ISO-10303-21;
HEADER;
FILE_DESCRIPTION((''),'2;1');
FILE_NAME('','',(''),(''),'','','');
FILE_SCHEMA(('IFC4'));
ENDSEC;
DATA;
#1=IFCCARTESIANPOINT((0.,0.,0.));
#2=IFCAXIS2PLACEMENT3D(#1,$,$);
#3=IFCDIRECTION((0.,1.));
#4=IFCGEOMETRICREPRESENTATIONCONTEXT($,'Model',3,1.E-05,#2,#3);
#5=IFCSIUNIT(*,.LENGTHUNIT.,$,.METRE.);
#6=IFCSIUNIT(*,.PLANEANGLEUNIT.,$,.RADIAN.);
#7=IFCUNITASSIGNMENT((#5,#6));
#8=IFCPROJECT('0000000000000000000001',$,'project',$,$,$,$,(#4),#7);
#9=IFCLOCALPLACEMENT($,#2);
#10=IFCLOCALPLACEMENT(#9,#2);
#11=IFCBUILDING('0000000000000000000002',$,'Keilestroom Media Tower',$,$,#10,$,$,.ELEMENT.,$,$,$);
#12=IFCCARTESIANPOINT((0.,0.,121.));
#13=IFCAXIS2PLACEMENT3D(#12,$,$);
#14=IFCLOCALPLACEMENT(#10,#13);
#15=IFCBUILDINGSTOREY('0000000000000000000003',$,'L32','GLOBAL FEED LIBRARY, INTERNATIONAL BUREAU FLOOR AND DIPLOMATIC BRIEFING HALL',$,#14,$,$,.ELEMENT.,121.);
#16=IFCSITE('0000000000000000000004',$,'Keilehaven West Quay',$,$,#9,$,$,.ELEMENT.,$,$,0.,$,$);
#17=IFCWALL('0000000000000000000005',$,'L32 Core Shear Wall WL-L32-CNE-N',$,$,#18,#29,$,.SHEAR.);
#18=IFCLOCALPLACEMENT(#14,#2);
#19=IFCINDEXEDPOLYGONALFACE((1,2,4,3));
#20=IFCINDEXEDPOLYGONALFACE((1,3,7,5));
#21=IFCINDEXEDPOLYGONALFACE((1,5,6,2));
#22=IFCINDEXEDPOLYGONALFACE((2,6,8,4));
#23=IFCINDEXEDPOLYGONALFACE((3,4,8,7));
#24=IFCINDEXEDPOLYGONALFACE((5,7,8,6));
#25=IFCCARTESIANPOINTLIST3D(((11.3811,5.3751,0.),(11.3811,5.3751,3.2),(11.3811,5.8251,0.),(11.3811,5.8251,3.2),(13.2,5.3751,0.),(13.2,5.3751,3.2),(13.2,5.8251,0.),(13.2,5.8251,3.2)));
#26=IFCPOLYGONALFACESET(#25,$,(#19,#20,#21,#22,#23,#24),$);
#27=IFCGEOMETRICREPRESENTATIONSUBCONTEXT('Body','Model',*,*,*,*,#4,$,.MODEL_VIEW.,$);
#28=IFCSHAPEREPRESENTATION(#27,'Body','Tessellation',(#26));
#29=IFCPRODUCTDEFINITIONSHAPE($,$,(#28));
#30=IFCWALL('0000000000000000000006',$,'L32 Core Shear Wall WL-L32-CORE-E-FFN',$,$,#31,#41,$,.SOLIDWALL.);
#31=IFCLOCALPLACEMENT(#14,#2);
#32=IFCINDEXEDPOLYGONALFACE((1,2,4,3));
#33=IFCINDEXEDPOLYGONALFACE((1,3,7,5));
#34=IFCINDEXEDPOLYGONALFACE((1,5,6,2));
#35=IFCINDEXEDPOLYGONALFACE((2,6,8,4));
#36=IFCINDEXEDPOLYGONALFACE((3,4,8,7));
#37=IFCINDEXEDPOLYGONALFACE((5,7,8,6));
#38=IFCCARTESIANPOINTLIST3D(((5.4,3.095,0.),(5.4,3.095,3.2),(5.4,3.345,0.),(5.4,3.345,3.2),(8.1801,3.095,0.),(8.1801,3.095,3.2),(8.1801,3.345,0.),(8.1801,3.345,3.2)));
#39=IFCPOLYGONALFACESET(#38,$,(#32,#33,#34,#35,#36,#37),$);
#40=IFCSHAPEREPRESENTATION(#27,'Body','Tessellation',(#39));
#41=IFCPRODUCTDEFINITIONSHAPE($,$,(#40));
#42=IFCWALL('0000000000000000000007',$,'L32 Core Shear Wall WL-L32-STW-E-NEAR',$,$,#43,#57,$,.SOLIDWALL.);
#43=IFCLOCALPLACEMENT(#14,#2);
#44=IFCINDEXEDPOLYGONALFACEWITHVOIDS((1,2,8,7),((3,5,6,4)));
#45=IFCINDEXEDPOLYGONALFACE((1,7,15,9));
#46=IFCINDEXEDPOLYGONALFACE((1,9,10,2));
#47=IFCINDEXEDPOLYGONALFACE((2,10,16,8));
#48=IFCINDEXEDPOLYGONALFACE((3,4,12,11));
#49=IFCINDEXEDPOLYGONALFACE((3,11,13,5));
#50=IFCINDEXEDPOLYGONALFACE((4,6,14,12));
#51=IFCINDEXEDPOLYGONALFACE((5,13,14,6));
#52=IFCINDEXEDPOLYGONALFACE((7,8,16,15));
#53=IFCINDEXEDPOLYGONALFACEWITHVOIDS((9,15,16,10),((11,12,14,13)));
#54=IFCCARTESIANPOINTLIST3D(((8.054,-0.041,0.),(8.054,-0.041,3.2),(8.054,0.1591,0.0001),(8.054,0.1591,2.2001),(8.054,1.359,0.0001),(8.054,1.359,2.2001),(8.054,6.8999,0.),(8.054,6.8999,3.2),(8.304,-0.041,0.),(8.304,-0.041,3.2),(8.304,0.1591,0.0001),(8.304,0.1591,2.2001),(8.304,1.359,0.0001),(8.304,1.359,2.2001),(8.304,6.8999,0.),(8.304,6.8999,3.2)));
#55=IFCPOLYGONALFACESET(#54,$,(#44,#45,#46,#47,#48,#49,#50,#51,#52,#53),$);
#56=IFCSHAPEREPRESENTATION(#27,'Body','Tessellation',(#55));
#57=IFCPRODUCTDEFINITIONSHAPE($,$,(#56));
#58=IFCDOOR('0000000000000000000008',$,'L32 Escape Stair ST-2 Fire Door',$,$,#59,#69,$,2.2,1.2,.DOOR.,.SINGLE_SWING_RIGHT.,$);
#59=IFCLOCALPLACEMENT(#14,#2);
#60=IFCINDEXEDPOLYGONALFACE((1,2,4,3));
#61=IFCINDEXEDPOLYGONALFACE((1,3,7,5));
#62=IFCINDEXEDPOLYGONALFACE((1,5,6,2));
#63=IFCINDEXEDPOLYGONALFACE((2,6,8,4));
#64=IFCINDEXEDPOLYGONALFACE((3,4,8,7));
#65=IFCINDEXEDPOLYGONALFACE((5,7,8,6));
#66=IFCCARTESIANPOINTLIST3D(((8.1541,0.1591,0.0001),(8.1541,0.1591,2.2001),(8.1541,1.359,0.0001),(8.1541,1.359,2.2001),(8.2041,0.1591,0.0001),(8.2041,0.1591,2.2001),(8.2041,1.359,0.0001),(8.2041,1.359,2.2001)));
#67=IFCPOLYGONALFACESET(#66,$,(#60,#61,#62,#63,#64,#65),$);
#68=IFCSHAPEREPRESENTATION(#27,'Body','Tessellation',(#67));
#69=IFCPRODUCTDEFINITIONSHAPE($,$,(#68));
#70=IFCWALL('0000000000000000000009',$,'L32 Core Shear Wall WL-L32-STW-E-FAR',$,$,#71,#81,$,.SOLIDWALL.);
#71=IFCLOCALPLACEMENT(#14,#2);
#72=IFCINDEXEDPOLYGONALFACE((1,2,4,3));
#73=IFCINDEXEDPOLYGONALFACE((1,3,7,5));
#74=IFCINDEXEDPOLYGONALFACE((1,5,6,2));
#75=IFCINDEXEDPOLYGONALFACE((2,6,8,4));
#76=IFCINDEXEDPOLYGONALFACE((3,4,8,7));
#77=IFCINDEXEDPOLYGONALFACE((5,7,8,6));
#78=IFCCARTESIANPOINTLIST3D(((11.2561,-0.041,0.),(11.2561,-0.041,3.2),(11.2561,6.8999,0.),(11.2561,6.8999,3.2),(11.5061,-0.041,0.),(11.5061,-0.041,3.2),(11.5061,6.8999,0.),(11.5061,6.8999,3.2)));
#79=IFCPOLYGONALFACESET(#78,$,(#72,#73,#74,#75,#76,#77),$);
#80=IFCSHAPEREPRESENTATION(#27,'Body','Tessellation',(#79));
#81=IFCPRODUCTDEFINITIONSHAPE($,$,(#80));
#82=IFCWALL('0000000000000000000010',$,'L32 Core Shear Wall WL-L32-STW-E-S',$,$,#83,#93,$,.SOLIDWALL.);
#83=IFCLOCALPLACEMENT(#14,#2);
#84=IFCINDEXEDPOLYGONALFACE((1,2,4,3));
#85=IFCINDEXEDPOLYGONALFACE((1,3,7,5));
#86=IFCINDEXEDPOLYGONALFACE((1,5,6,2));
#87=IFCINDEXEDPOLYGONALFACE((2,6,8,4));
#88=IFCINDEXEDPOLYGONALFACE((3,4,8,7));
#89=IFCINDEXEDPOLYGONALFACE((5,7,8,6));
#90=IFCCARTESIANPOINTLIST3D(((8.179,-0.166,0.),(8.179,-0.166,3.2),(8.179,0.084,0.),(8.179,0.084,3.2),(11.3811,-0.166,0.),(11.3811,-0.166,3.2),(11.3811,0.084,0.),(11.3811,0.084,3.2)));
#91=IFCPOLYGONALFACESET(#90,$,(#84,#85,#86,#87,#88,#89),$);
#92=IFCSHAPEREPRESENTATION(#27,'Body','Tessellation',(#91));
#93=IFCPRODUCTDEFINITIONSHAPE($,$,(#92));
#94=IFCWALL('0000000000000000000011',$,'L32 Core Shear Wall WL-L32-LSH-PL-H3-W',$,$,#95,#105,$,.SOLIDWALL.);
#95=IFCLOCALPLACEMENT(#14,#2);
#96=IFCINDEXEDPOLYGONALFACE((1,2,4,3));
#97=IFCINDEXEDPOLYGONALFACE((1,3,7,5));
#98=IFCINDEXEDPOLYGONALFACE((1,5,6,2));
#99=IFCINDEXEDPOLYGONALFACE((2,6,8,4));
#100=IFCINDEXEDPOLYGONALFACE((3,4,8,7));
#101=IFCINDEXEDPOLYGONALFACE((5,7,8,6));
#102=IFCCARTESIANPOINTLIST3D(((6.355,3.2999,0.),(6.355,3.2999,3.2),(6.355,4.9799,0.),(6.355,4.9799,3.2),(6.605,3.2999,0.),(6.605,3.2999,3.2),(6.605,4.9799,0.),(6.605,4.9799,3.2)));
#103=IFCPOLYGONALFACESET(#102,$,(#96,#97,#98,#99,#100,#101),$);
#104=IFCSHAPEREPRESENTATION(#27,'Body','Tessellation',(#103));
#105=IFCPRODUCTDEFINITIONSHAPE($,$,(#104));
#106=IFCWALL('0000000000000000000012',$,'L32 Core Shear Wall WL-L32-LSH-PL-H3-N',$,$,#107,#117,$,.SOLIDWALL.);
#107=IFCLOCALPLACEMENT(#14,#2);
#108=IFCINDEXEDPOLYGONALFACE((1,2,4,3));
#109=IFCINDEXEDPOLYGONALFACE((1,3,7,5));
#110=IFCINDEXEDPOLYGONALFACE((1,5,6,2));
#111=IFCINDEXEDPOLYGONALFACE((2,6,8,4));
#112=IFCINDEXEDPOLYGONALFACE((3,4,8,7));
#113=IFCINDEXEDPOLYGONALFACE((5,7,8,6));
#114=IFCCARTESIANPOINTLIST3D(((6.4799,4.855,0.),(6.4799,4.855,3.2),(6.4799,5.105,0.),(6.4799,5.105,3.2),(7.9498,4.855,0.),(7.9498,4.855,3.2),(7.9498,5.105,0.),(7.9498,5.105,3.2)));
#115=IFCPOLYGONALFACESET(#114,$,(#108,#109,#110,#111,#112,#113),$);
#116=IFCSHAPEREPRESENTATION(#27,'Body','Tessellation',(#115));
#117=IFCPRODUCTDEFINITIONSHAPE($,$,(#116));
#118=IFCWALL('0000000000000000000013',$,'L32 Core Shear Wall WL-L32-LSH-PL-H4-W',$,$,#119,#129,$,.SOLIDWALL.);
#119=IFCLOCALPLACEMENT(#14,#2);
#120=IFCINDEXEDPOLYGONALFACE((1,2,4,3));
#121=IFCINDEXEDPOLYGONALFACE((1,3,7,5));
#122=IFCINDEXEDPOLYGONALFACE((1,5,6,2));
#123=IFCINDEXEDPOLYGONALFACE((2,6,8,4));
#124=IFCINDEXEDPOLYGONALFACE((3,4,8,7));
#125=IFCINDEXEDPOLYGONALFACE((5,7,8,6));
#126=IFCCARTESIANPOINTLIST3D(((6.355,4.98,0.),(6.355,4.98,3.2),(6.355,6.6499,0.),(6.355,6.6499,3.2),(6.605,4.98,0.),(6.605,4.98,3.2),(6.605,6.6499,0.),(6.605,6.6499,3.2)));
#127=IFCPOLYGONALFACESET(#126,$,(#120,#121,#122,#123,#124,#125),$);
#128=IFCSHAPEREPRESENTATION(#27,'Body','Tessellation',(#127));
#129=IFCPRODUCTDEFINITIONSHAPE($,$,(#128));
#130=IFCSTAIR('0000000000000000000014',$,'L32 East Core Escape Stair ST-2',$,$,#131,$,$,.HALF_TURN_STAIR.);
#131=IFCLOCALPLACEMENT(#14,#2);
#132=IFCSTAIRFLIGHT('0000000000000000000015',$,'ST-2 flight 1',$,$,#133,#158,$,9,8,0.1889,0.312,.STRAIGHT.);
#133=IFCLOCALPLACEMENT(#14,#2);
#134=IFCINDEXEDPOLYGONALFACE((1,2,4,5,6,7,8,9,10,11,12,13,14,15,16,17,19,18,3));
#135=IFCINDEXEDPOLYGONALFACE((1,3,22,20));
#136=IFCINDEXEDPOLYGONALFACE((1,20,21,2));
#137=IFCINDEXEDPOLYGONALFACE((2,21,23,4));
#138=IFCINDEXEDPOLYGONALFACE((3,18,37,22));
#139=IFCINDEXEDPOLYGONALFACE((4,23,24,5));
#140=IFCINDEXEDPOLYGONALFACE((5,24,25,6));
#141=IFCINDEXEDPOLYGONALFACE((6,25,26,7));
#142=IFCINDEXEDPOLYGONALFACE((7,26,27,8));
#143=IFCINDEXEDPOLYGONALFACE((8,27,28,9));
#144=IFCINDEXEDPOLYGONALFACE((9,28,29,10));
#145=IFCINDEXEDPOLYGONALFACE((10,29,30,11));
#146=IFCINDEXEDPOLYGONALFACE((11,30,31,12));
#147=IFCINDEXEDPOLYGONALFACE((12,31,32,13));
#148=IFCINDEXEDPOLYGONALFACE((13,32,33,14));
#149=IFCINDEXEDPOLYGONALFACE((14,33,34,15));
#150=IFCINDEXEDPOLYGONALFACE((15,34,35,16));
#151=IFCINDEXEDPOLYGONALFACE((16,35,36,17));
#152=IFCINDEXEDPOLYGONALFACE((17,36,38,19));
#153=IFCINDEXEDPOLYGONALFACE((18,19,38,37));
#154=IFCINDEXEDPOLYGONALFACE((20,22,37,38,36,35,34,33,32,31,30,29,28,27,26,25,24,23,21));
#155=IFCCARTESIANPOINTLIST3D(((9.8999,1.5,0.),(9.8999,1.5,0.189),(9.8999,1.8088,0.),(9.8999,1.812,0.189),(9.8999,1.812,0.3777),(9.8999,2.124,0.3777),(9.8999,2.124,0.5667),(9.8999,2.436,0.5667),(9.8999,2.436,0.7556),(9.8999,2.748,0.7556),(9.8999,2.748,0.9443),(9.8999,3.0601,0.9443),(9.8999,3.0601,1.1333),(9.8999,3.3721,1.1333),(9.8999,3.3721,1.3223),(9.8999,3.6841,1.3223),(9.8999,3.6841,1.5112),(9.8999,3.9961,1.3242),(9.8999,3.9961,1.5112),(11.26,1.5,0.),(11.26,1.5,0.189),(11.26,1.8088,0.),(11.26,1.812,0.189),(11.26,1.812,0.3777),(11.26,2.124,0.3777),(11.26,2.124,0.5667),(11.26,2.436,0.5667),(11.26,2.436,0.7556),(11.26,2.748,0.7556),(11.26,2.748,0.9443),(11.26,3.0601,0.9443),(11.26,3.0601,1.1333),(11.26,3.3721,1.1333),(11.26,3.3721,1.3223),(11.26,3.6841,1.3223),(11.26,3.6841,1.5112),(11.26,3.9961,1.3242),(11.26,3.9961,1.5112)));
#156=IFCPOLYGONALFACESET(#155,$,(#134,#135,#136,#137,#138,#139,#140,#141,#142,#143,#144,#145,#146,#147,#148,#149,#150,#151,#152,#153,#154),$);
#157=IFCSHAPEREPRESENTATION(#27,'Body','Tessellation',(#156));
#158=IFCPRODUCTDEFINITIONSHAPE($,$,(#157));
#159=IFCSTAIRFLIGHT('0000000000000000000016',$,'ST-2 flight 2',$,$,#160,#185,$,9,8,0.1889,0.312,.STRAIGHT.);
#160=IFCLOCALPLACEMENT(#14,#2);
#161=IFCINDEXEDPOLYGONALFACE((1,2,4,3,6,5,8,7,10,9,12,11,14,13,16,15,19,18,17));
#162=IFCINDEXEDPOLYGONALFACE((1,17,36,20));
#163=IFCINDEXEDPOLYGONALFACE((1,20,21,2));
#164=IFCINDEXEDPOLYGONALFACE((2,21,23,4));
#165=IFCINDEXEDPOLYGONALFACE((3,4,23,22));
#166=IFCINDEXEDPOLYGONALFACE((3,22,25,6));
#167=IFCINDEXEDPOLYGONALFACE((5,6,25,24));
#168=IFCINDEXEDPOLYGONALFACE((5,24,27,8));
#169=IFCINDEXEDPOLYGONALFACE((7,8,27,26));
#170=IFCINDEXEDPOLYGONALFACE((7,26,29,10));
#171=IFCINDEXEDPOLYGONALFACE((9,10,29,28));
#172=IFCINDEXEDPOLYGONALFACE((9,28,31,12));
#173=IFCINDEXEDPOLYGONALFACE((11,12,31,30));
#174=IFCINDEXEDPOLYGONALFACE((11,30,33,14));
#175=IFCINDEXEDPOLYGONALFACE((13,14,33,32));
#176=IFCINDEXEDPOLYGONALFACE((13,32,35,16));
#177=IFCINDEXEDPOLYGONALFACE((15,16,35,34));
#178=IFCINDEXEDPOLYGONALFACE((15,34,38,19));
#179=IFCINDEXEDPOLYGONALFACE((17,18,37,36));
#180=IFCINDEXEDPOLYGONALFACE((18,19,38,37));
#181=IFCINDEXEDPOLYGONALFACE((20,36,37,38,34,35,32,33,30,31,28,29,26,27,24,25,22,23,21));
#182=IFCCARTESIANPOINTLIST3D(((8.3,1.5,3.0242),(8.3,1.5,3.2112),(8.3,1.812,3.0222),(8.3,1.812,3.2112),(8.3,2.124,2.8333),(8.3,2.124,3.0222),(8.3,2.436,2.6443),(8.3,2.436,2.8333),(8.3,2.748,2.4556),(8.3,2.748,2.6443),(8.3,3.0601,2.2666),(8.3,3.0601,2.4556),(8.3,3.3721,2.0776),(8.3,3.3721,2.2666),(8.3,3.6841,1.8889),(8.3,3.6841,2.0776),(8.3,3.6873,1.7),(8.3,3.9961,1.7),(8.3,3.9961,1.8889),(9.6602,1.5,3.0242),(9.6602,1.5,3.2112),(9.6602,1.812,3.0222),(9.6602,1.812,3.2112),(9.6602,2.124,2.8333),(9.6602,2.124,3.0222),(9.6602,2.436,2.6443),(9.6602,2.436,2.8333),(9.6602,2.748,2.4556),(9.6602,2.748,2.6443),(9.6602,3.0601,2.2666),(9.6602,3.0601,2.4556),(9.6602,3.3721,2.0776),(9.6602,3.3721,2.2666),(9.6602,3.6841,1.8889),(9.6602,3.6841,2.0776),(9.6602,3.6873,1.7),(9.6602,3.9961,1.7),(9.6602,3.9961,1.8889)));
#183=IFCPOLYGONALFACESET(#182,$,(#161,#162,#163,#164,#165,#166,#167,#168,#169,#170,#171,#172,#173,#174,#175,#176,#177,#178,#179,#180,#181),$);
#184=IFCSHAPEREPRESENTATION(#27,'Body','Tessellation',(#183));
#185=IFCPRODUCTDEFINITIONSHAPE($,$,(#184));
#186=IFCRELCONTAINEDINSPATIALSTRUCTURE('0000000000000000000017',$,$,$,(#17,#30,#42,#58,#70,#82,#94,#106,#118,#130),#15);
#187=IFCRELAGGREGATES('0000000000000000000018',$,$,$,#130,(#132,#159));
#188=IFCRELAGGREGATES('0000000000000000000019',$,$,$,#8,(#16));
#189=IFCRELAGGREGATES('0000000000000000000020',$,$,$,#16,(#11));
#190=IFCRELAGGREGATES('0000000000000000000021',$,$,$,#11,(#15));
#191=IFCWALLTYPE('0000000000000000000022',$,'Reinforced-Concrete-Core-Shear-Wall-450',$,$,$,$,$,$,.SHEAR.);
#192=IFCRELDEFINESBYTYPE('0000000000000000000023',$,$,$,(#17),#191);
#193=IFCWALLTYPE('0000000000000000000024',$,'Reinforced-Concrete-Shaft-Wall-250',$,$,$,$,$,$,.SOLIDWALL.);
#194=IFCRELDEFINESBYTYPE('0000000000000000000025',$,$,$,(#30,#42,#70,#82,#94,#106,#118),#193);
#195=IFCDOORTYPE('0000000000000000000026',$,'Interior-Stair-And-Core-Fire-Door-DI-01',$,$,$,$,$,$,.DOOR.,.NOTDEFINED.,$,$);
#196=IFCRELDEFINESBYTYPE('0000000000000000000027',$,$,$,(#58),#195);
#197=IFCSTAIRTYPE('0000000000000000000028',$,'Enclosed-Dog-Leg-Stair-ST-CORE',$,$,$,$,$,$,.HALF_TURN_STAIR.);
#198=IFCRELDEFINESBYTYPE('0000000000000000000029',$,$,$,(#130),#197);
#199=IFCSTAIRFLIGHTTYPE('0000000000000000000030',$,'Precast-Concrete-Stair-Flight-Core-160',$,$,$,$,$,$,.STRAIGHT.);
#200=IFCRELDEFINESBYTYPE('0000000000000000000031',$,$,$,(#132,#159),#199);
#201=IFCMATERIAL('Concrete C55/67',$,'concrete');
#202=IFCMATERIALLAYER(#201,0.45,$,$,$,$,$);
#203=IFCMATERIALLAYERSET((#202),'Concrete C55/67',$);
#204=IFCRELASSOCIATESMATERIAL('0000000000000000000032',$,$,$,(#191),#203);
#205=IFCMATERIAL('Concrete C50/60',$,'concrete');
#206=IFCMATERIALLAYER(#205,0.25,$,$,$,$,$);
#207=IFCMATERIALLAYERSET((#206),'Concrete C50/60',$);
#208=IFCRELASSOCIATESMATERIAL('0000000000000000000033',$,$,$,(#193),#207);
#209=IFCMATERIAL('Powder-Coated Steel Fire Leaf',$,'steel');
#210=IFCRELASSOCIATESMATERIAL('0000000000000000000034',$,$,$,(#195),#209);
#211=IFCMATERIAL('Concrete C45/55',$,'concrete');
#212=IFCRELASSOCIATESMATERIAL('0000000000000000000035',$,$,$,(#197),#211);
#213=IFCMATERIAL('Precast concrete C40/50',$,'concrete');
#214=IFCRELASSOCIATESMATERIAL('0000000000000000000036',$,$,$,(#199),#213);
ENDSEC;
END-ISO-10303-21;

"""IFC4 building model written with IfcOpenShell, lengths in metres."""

from ifc_helpers import new_model, si_unit, direction, frame, frame_2d, origin, place, context, subcontext, project, spatial, polyline, rectangle, outline, extrude, source, transform, mapped, material, layer, layer_set, type_object, element, fill, aggregate, save


model = new_model("IFC4")

# Units and contexts
model_context = context("Model", 3, precision=1e-05, world=origin(), true_north=direction((0.0, 1.0)))
body_context = subcontext(model_context, "Body", "Model", "MODEL_VIEW")
ifc_project = project(units=[si_unit("LENGTHUNIT", "METRE"), si_unit("PLANEANGLEUNIT", "RADIAN")], contexts=[model_context])

# Site, building, storey
site_placement = place(None, origin())
site = spatial("IfcSite", under=ifc_project, at=site_placement, Name="Keilehaven West Quay", CompositionType="ELEMENT", RefElevation=0.0)
building_placement = place(site_placement, origin())
building = spatial("IfcBuilding", under=site, at=building_placement, Name="Keilestroom Media Tower", CompositionType="ELEMENT")
storey_placement = place(building_placement, frame((0.0, 0.0, 121.0)))
storey = spatial("IfcBuildingStorey", under=building, at=storey_placement, Name="L32", Description="GLOBAL FEED LIBRARY, INTERNATIONAL BUREAU FLOOR AND DIPLOMATIC BRIEFING HALL", CompositionType="ELEMENT", Elevation=121.0)

# Walls
ifc_material_1 = material(Name="Concrete C55/67", Category="concrete")
ifc_layer_1 = layer(ifc_material_1, 0.45)
ifc_layer_set_1 = layer_set([ifc_layer_1], Name="Concrete C55/67")
wall_type_1 = type_object("IfcWallType", Name="Reinforced-Concrete-Core-Shear-Wall-450", PredefinedType="SHEAR", material=ifc_layer_set_1)
wall_1_placement = place(storey_placement, frame((11.3811, 5.6001, 0.0), z_axis=(0.0, 0.0, 1.0), x_axis=(1.0, 0.0, 0.0)))
element("IfcWall", 1, at=wall_1_placement, inside=storey, type_object=wall_type_1, Name="L32 Core Shear Wall WL-L32-CNE-N", PredefinedType="SHEAR", context=body_context, shape_type="SweptSolid", body=[
    extrude(rectangle(XDim=1.8188, YDim=0.45, at=frame_2d((0.9094, 0.0))), origin(), (0.0, 0.0, 1.0), 3.2),
])
ifc_material_2 = material(Name="Concrete C50/60", Category="concrete")
ifc_layer_2 = layer(ifc_material_2, 0.25)
ifc_layer_set_2 = layer_set([ifc_layer_2], Name="Concrete C50/60")
wall_type_2 = type_object("IfcWallType", Name="Reinforced-Concrete-Shaft-Wall-250", PredefinedType="SOLIDWALL", material=ifc_layer_set_2)
wall_2_placement = place(storey_placement, frame((5.3999, 3.22, 0.0), z_axis=(0.0, 0.0, 1.0), x_axis=(1.0, 0.0, 0.0)))
element("IfcWall", 2, at=wall_2_placement, inside=storey, type_object=wall_type_2, Name="L32 Core Shear Wall WL-L32-CORE-E-FFN", PredefinedType="SOLIDWALL", context=body_context, shape_type="SweptSolid", body=[
    extrude(rectangle(XDim=2.78, YDim=0.25, at=frame_2d((1.3901, 0.0))), origin(), (0.0, 0.0, 1.0), 3.2),
])

# Wall, opening, door
wall_3_placement = place(storey_placement, frame((8.179, -0.041, 0.0), z_axis=(0.0, 0.0, 1.0), x_axis=(0.0, 1.0, 0.0)))
wall_3 = element("IfcWall", 3, at=wall_3_placement, inside=storey, type_object=wall_type_2, Name="L32 Core Shear Wall WL-L32-STW-E-NEAR", PredefinedType="SOLIDWALL", context=body_context, shape_type="SweptSolid", body=[
    extrude(rectangle(XDim=6.9409, YDim=0.25, at=frame_2d((3.4705, 0.0))), origin(), (0.0, 0.0, 1.0), 3.2),
])
opening_placement = place(wall_3_placement, frame((0.2, 0.0, 0.0)))
opening = element("IfcOpeningElement", 4, at=opening_placement, cuts=wall_3, PredefinedType="OPENING", context=body_context, shape_type="SweptSolid", body=[
    extrude(rectangle(XDim=1.2, YDim=2.2, at=frame_2d((0.6001, 1.1001))), frame((0.0, 0.135, 0.0), z_axis=(0.0, -1.0, 0.0), x_axis=(1.0, 0.0, 0.0)), (0.0, 0.0, 1.0), 0.27),
])
ifc_material_3 = material(Name="Powder-Coated Steel Fire Leaf", Category="steel")
door_type = type_object("IfcDoorType", Name="Interior-Stair-And-Core-Fire-Door-DI-01", OperationType="NOTDEFINED", PredefinedType="DOOR", material=ifc_material_3)
shared_shape_1 = source(origin(), body_context, "Body", "SweptSolid", [
    extrude(rectangle(XDim=1.2, YDim=2.2, at=frame_2d((0.6001, 1.1001))), frame((0.0, 0.0249, 0.0), z_axis=(0.0, -1.0, 0.0), x_axis=(1.0, 0.0, 0.0)), (0.0, 0.0, 1.0), 0.05),
])
door_placement = place(opening_placement, origin())
door = element("IfcDoor", 5, at=door_placement, inside=storey, type_object=door_type, Name="L32 Escape Stair ST-2 Fire Door", OperationType="SINGLE_SWING_RIGHT", OverallHeight=2.2, OverallWidth=1.2, PredefinedType="DOOR", context=body_context, shape_type="MappedRepresentation", body=[
    mapped(shared_shape_1, transform((0.0, 0.0, 0.0), x_axis=(1.0, 0.0, 0.0), y_axis=(0.0, 1.0, 0.0), z_axis=(0.0, 0.0, 1.0), scale=1.0)),
])
fill(opening, door)

# Walls
wall_4_placement = place(storey_placement, frame((11.3811, -0.041, 0.0), z_axis=(0.0, 0.0, 1.0), x_axis=(0.0, 1.0, 0.0)))
element("IfcWall", 6, at=wall_4_placement, inside=storey, type_object=wall_type_2, Name="L32 Core Shear Wall WL-L32-STW-E-FAR", PredefinedType="SOLIDWALL", context=body_context, shape_type="SweptSolid", body=[
    extrude(rectangle(XDim=6.9409, YDim=0.25, at=frame_2d((3.4705, 0.0))), origin(), (0.0, 0.0, 1.0), 3.2),
])
wall_5_placement = place(storey_placement, frame((8.179, -0.041, 0.0), z_axis=(0.0, 0.0, 1.0), x_axis=(1.0, 0.0, 0.0)))
element("IfcWall", 7, at=wall_5_placement, inside=storey, type_object=wall_type_2, Name="L32 Core Shear Wall WL-L32-STW-E-S", PredefinedType="SOLIDWALL", context=body_context, shape_type="SweptSolid", body=[
    extrude(rectangle(XDim=3.2021, YDim=0.25, at=frame_2d((1.6011, 0.0))), origin(), (0.0, 0.0, 1.0), 3.2),
])
wall_6_placement = place(storey_placement, frame((6.48, 3.3, 0.0), z_axis=(0.0, 0.0, 1.0), x_axis=(0.0, 1.0, 0.0)))
element("IfcWall", 8, at=wall_6_placement, inside=storey, type_object=wall_type_2, Name="L32 Core Shear Wall WL-L32-LSH-PL-H3-W", PredefinedType="SOLIDWALL", context=body_context, shape_type="SweptSolid", body=[
    extrude(rectangle(XDim=1.6799, YDim=0.25, at=frame_2d((0.8398, 0.0))), origin(), (0.0, 0.0, 1.0), 3.2),
])
wall_7_placement = place(storey_placement, frame((6.48, 4.98, 0.0), z_axis=(0.0, 0.0, 1.0), x_axis=(1.0, 0.0, 0.0)))
element("IfcWall", 9, at=wall_7_placement, inside=storey, type_object=wall_type_2, Name="L32 Core Shear Wall WL-L32-LSH-PL-H3-N", PredefinedType="SOLIDWALL", context=body_context, shape_type="SweptSolid", body=[
    extrude(rectangle(XDim=1.47, YDim=0.25, at=frame_2d((0.7349, 0.0))), origin(), (0.0, 0.0, 1.0), 3.2),
])
wall_8_placement = place(storey_placement, frame((6.48, 4.98, 0.0), z_axis=(0.0, 0.0, 1.0), x_axis=(0.0, 1.0, 0.0)))
element("IfcWall", 10, at=wall_8_placement, inside=storey, type_object=wall_type_2, Name="L32 Core Shear Wall WL-L32-LSH-PL-H4-W", PredefinedType="SOLIDWALL", context=body_context, shape_type="SweptSolid", body=[
    extrude(rectangle(XDim=1.6699, YDim=0.25, at=frame_2d((0.835, 0.0))), origin(), (0.0, 0.0, 1.0), 3.2),
])

# Stair, stair flights
ifc_material_4 = material(Name="Concrete C45/55", Category="concrete")
stair_type = type_object("IfcStairType", Name="Enclosed-Dog-Leg-Stair-ST-CORE", PredefinedType="HALF_TURN_STAIR", material=ifc_material_4)
stair_placement = place(storey_placement, origin())
stair = element("IfcStair", 11, at=stair_placement, inside=storey, type_object=stair_type, Name="L32 East Core Escape Stair ST-2", PredefinedType="HALF_TURN_STAIR")
ifc_material_5 = material(Name="Precast concrete C40/50", Category="concrete")
stair_flight_type = type_object("IfcStairFlightType", Name="Precast-Concrete-Stair-Flight-Core-160", PredefinedType="STRAIGHT", material=ifc_material_5)
stair_flight_1_placement = place(storey_placement, frame((10.5801, 1.5, 0.0), z_axis=(0.0, 0.0, 1.0), x_axis=(0.0, 1.0, 0.0)))
stair_flight_1 = element("IfcStairFlight", 12, at=stair_flight_1_placement, type_object=stair_flight_type, Name="ST-2 flight 1", NumberOfRisers=9, NumberOfTreads=8, PredefinedType="STRAIGHT", RiserHeight=0.1889, TreadLength=0.312, context=body_context, shape_type="SweptSolid", body=[
    extrude(outline(polyline([(0.0, 0.0), (0.0, 0.189), (0.312, 0.189), (0.312, 0.3777), (0.624, 0.3777), (0.624, 0.5667), (0.936, 0.5667), (0.936, 0.7556), (1.248, 0.7556), (1.248, 0.9443), (1.5601, 0.9443), (1.5601, 1.1333), (1.8721, 1.1333), (1.8721, 1.3223), (2.1841, 1.3223), (2.1841, 1.5112), (2.4961, 1.5112), (2.4961, 1.7), (2.4961, 1.3242), (0.3088, 0.0), (0.0, 0.0)])), frame((0.0, 0.6802, 0.0), z_axis=(0.0, -1.0, 0.0), x_axis=(1.0, 0.0, 0.0)), (0.0, 0.0, 1.0), 1.3601),
])
stair_flight_2_placement = place(storey_placement, frame((8.98, 3.9961, 1.7), z_axis=(0.0, 0.0, 1.0), x_axis=(0.0, -1.0, 0.0)))
stair_flight_2 = element("IfcStairFlight", 13, at=stair_flight_2_placement, type_object=stair_flight_type, Name="ST-2 flight 2", NumberOfRisers=9, NumberOfTreads=8, PredefinedType="STRAIGHT", RiserHeight=0.1889, TreadLength=0.312, context=body_context, shape_type="SweptSolid", body=[
    extrude(outline(polyline([(0.0, 0.0), (0.0, 0.189), (0.312, 0.189), (0.312, 0.3777), (0.624, 0.3777), (0.624, 0.5667), (0.936, 0.5667), (0.936, 0.7556), (1.248, 0.7556), (1.248, 0.9443), (1.5601, 0.9443), (1.5601, 1.1333), (1.8721, 1.1333), (1.8721, 1.3223), (2.1841, 1.3223), (2.1841, 1.5112), (2.4961, 1.5112), (2.4961, 1.7), (2.4961, 1.3242), (0.3088, 0.0), (0.0, 0.0)])), frame((0.0, 0.6802, 0.0), z_axis=(0.0, -1.0, 0.0), x_axis=(1.0, 0.0, 0.0)), (0.0, 0.0, 1.0), 1.3601),
])
aggregate(stair, [stair_flight_1, stair_flight_2])

save(model, "model.ifc")
